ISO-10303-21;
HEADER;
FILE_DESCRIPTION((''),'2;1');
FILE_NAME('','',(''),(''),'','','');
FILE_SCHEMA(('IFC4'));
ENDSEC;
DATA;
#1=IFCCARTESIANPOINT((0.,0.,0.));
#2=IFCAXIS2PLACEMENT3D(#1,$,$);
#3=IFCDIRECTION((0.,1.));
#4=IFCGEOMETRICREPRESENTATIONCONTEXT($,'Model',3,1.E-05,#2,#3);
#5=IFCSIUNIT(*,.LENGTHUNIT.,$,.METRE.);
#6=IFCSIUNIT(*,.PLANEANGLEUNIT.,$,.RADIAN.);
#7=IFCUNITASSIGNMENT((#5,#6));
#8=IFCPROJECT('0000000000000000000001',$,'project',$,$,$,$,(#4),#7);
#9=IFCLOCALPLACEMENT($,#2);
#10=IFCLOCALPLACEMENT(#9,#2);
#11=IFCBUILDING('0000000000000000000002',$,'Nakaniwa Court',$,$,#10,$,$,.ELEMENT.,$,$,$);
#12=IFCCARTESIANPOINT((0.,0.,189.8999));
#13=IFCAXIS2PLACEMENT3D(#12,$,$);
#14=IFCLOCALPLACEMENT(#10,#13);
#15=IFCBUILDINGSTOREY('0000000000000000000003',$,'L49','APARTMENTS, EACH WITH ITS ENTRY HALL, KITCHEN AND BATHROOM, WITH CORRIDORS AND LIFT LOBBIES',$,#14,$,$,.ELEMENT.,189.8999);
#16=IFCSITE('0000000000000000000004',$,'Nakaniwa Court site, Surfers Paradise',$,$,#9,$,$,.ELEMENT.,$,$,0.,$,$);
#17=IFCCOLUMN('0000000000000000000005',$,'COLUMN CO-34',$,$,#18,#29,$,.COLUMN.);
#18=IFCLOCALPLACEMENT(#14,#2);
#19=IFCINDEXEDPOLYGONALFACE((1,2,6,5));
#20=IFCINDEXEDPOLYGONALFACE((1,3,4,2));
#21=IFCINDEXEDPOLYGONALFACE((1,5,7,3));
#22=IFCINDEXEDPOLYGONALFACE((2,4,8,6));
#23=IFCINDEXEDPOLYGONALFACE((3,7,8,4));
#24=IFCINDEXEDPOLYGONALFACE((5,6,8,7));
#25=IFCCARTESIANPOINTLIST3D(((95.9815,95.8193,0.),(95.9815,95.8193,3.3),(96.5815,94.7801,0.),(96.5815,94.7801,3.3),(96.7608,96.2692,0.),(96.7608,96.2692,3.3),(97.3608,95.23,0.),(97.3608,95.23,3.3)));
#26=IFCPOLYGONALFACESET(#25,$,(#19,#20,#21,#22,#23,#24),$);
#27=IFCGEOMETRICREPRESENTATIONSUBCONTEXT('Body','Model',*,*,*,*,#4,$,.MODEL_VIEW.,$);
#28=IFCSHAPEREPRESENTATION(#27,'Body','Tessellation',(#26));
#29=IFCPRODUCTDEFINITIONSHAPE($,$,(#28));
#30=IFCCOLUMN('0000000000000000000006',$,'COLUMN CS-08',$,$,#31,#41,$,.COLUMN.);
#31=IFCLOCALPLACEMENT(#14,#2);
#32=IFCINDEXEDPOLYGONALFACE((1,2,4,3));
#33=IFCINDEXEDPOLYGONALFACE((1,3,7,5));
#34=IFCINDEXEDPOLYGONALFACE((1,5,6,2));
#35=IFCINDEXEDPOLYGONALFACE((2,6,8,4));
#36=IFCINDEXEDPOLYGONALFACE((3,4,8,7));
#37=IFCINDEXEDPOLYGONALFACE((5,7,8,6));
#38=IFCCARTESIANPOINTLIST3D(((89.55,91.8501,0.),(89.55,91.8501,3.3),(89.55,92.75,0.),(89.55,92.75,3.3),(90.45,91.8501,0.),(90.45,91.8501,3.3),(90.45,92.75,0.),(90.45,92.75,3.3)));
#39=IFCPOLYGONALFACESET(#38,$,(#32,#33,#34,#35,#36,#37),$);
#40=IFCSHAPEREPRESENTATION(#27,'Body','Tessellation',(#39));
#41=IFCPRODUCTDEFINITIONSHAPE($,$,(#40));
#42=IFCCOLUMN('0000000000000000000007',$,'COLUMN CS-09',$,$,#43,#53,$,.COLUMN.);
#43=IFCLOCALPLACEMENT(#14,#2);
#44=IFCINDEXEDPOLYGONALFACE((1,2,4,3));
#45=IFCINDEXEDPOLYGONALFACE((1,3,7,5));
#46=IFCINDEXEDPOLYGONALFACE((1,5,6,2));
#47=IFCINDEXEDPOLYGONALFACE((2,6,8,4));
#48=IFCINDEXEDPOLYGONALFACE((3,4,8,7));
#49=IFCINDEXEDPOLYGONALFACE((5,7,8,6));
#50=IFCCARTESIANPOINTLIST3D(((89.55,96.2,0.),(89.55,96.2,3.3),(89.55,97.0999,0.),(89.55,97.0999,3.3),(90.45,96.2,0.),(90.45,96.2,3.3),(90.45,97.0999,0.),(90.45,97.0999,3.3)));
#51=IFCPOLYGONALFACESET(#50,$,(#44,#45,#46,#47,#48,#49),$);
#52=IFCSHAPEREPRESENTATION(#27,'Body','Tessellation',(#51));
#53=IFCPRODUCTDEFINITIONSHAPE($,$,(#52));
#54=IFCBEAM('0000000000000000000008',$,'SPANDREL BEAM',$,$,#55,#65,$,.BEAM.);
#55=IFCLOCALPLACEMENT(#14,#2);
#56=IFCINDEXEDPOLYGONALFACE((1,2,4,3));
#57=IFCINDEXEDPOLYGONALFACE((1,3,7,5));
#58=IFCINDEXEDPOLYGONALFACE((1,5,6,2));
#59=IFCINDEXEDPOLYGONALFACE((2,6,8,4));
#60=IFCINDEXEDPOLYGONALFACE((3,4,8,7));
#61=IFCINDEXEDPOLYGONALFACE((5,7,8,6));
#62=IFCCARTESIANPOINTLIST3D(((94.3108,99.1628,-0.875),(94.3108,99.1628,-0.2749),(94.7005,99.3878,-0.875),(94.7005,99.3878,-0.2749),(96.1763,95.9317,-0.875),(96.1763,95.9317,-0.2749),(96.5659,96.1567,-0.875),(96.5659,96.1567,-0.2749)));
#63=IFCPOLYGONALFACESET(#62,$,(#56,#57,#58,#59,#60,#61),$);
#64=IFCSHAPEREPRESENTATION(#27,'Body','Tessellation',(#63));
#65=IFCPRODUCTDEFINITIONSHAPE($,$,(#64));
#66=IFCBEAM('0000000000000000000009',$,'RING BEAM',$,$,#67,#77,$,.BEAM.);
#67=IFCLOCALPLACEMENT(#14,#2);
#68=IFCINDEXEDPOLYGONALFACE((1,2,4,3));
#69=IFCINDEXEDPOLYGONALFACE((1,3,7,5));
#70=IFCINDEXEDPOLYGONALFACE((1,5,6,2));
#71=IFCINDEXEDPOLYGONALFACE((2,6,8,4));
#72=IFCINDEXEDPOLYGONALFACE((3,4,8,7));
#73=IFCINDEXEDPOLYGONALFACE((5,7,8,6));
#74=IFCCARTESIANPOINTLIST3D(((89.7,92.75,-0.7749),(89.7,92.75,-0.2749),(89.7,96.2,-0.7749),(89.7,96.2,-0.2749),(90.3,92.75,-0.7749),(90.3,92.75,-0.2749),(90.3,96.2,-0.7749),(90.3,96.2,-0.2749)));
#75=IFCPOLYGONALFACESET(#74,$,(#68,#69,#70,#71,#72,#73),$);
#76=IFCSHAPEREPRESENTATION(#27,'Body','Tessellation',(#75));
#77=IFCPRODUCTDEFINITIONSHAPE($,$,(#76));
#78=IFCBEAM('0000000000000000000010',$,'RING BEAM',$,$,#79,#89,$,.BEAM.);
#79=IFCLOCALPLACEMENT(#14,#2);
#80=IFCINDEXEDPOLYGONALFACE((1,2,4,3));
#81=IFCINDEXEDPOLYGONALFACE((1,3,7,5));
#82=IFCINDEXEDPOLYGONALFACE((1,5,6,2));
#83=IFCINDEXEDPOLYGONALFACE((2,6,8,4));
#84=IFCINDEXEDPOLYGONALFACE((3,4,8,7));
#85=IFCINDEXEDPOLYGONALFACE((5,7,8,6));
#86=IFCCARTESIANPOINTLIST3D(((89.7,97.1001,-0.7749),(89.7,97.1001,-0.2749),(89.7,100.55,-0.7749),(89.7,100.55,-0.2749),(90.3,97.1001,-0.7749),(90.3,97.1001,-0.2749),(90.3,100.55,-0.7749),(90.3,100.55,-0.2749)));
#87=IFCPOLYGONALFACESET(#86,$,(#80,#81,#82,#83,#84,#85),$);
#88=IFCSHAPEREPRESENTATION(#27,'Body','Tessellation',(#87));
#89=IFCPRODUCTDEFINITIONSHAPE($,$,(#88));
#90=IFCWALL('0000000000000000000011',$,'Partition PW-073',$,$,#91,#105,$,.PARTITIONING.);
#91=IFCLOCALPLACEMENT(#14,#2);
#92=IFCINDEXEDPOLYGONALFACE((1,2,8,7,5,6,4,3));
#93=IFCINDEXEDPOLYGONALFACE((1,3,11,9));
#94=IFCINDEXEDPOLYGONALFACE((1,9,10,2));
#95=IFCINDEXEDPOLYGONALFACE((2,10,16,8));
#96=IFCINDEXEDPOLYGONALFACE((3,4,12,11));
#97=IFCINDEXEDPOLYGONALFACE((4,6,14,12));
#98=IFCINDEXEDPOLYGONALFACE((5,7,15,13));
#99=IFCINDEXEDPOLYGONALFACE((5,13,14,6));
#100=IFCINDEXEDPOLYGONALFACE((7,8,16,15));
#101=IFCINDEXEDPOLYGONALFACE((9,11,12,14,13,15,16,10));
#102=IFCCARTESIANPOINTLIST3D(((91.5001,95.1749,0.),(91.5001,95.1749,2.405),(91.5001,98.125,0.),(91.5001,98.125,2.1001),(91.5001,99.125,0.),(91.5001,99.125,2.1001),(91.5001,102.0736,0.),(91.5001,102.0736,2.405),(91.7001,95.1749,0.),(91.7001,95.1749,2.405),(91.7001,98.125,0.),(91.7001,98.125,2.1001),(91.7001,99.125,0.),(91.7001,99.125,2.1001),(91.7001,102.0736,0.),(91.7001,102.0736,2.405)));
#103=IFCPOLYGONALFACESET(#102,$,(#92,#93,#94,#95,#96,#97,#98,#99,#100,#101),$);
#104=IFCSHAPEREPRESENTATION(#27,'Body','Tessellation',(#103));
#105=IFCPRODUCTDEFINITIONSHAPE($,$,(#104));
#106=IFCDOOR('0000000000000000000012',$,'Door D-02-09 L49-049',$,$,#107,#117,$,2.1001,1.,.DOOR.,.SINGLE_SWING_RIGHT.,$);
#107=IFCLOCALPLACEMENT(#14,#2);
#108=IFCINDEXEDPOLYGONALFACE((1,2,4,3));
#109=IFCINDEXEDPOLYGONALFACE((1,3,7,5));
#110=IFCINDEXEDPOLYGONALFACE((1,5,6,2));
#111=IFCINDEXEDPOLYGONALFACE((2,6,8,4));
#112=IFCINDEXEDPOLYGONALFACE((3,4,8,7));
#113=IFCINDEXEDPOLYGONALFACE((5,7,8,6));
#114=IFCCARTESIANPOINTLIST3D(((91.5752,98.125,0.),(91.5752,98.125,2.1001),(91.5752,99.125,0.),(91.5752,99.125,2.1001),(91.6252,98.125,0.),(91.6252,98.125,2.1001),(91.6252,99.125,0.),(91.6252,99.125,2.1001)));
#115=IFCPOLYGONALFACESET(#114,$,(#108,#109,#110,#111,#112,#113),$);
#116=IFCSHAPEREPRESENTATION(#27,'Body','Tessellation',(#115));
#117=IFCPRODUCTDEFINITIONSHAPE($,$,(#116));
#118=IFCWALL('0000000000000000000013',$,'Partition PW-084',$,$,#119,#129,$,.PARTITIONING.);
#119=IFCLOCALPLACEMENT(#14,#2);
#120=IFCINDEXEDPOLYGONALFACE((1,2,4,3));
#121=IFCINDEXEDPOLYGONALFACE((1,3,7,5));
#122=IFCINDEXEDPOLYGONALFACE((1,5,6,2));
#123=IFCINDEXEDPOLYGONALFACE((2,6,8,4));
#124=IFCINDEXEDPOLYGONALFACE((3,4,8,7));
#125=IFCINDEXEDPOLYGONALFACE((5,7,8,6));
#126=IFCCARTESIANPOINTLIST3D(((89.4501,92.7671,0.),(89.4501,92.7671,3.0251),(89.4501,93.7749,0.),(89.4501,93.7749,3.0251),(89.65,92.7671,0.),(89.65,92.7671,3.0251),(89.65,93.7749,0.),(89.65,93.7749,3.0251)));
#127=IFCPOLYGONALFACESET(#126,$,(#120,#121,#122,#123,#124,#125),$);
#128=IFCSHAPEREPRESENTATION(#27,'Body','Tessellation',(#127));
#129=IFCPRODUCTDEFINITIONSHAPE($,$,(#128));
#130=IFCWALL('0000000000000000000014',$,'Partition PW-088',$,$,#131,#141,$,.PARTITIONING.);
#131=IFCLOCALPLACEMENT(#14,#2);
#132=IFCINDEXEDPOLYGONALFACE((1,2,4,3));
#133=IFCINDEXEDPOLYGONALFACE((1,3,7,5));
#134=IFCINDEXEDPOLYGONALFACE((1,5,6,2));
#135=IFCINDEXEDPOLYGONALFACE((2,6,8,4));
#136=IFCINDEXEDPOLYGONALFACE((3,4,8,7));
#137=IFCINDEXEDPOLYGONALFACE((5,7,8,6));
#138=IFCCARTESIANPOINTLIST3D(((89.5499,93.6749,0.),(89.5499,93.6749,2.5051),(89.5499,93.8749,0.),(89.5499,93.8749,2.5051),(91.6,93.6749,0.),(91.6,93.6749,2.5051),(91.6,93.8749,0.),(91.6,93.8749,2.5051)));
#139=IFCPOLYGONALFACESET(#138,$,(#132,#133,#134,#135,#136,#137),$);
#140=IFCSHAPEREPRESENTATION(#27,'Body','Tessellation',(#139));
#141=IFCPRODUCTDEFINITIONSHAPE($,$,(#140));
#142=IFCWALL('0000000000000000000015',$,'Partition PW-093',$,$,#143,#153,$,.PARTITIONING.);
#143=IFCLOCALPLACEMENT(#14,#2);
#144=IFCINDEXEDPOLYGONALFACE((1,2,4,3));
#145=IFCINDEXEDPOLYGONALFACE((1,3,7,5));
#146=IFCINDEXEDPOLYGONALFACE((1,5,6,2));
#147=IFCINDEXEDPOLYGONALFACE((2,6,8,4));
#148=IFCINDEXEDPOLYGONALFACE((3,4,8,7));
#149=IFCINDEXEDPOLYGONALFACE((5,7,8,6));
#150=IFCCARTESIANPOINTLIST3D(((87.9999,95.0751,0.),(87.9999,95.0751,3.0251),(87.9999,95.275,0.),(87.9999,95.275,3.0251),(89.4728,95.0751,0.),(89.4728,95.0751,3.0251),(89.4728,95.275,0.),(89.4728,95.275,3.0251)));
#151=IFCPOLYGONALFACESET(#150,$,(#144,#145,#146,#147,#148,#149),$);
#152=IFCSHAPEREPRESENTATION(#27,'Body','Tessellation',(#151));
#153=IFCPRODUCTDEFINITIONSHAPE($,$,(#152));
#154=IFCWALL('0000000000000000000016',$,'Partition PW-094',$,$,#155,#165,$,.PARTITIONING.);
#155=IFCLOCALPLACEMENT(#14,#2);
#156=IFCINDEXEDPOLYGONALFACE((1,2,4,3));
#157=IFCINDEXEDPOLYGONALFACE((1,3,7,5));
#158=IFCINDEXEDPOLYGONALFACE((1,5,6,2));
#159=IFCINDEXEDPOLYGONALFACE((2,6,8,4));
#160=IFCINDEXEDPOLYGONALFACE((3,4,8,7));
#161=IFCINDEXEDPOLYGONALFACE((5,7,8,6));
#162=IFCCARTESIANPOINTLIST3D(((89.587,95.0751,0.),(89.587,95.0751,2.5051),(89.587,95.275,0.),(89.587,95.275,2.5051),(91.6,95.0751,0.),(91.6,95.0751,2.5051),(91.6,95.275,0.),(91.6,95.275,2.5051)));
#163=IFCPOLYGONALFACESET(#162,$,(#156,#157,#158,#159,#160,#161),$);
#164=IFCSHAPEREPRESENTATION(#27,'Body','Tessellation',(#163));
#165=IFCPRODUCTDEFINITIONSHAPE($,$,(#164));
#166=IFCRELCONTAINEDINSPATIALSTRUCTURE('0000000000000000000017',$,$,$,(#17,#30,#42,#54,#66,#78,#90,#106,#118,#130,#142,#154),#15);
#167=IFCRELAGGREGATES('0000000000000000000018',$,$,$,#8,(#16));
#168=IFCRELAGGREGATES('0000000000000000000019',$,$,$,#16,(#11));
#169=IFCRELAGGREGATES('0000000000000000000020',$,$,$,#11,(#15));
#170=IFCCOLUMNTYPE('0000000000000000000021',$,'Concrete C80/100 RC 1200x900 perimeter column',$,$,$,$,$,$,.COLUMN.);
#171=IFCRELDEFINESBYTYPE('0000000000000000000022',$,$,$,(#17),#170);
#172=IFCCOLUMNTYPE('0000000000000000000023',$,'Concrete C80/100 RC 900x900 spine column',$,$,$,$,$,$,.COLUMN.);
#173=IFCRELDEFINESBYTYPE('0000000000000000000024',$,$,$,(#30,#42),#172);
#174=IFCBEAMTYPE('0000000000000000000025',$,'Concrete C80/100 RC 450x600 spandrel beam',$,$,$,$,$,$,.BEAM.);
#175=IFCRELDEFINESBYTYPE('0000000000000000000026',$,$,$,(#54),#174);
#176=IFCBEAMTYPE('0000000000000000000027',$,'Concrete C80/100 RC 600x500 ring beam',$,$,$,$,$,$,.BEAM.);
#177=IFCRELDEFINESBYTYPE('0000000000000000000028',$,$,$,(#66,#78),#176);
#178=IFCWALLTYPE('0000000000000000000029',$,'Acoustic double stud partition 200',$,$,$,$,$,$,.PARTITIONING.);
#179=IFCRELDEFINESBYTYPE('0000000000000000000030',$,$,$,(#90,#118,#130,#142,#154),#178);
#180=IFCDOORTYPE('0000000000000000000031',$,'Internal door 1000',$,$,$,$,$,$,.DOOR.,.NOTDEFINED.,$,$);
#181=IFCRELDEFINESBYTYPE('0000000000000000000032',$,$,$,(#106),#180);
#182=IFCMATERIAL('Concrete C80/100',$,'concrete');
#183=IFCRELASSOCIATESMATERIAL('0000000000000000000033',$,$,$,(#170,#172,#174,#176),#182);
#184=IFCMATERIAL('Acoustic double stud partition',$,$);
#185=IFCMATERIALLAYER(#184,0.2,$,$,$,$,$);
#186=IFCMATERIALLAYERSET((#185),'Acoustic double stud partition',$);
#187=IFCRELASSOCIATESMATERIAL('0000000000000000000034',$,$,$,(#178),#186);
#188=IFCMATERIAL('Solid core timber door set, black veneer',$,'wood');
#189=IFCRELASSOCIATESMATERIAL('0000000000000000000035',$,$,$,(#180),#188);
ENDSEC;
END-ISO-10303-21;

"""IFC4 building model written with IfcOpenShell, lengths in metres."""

from ifc_helpers import new_model, si_unit, direction, frame, frame_2d, origin, origin_2d, place, context, subcontext, project, spatial, rectangle, extrude, material, layer, layer_set, material_profile, profile_set, type_object, element, fill, save


model = new_model("IFC4")

# Units and contexts
model_context = context("Model", 3, precision=1e-05, world=origin(), true_north=direction((0.0, 1.0)))
body_context = subcontext(model_context, "Body", "Model", "MODEL_VIEW")
ifc_project = project(units=[si_unit("LENGTHUNIT", "METRE"), si_unit("PLANEANGLEUNIT", "RADIAN")], contexts=[model_context])

# Site, building, storey
site_placement = place(None, origin())
site = spatial("IfcSite", under=ifc_project, at=site_placement, Name="Nakaniwa Court site, Surfers Paradise", CompositionType="ELEMENT", RefElevation=0.0)
building_placement = place(site_placement, origin())
building = spatial("IfcBuilding", under=site, at=building_placement, Name="Nakaniwa Court", CompositionType="ELEMENT")
storey_placement = place(building_placement, frame((0.0, 0.0, 189.8999)))
storey = spatial("IfcBuildingStorey", under=building, at=storey_placement, Name="L49", Description="APARTMENTS, EACH WITH ITS ENTRY HALL, KITCHEN AND BATHROOM, WITH CORRIDORS AND LIFT LOBBIES", CompositionType="ELEMENT", Elevation=189.8999)

# Columns
ifc_material_1 = material(Name="Concrete C80/100", Category="concrete")
ifc_material_profile_1 = material_profile(ifc_material_1, rectangle(XDim=1.2, YDim=0.8999, at=origin_2d()), Name="Concrete C80/100 RC 1200x900 perimeter column")
ifc_profile_set_1 = profile_set([ifc_material_profile_1], Name="Concrete C80/100")
column_type_1 = type_object("IfcColumnType", Name="Concrete C80/100 RC 1200x900 perimeter column", PredefinedType="COLUMN", material=ifc_profile_set_1)
column_placement = place(storey_placement, frame((96.6711, 95.5247, 0.0), z_axis=(0.0, 0.0, 1.0), x_axis=(-0.5, 0.866025, 0.0)))
element("IfcColumn", 1, at=column_placement, inside=storey, type_object=column_type_1, Name="COLUMN CO-34", PredefinedType="COLUMN", context=body_context, shape_type="SweptSolid", body=[
    extrude(rectangle(XDim=1.2, YDim=0.8999, at=origin_2d()), origin(), (0.0, 0.0, 1.0), 3.3),
])
ifc_material_profile_2 = material_profile(ifc_material_1, rectangle(XDim=0.8999, YDim=0.8999, at=origin_2d()), Name="Concrete C80/100 RC 900x900 spine column")
ifc_profile_set_2 = profile_set([ifc_material_profile_2], Name="Concrete C80/100")
column_type_2 = type_object("IfcColumnType", Name="Concrete C80/100 RC 900x900 spine column", PredefinedType="COLUMN", material=ifc_profile_set_2)
for number, where, z_axis, x_axis, name in (
    (2, (90.0, 92.3, 0.0), (0.0, 0.0, 1.0), (0.0, 1.0, 0.0), "COLUMN CS-08"),
    (3, (90.0, 96.6499, 0.0), (0.0, 0.0, 1.0), (0.0, 1.0, 0.0), "COLUMN CS-09"),
):
    element("IfcColumn", number, at=place(storey_placement, frame(where, z_axis=z_axis, x_axis=x_axis)), inside=storey, type_object=column_type_2, Name=name, PredefinedType="COLUMN", context=body_context, shape_type="SweptSolid", body=[
        extrude(rectangle(XDim=0.8999, YDim=0.8999, at=origin_2d()), origin(), (0.0, 0.0, 1.0), 3.3),
    ])

# Beams
ifc_material_profile_3 = material_profile(ifc_material_1, rectangle(XDim=0.45, YDim=0.6001, at=origin_2d()), Name="Concrete C80/100 RC 450x600 spandrel beam")
ifc_profile_set_3 = profile_set([ifc_material_profile_3], Name="Concrete C80/100")
beam_type_1 = type_object("IfcBeamType", Name="Concrete C80/100 RC 450x600 spandrel beam", PredefinedType="BEAM", material=ifc_profile_set_3)
beam_placement = place(storey_placement, frame((96.3711, 96.0442, -0.575), z_axis=(-0.499989, 0.866032, 0.0), x_axis=(-0.866032, -0.499989, 0.0)))
element("IfcBeam", 4, at=beam_placement, inside=storey, type_object=beam_type_1, Name="SPANDREL BEAM", PredefinedType="BEAM", context=body_context, shape_type="SweptSolid", body=[
    extrude(rectangle(XDim=0.45, YDim=0.6001, at=origin_2d()), origin(), (0.0, 0.0, 1.0), 3.731),
])
ifc_material_profile_4 = material_profile(ifc_material_1, rectangle(XDim=0.6001, YDim=0.5, at=origin_2d()), Name="Concrete C80/100 RC 600x500 ring beam")
ifc_profile_set_4 = profile_set([ifc_material_profile_4], Name="Concrete C80/100")
beam_type_2 = type_object("IfcBeamType", Name="Concrete C80/100 RC 600x500 ring beam", PredefinedType="BEAM", material=ifc_profile_set_4)
for number, where, z_axis, x_axis, name in (
    (5, (90.0, 92.75, -0.5249), (0.0, 1.0, 0.0), (-1.0, 0.0, 0.0), "RING BEAM"),
    (6, (90.0, 97.1001, -0.5249), (0.0, 1.0, 0.0), (-1.0, 0.0, 0.0), "RING BEAM"),
):
    element("IfcBeam", number, at=place(storey_placement, frame(where, z_axis=z_axis, x_axis=x_axis)), inside=storey, type_object=beam_type_2, Name=name, PredefinedType="BEAM", context=body_context, shape_type="SweptSolid", body=[
        extrude(rectangle(XDim=0.6001, YDim=0.5, at=origin_2d()), origin(), (0.0, 0.0, 1.0), 3.45),
    ])

# Wall, opening, door
ifc_material_2 = material(Name="Acoustic double stud partition")
ifc_layer_1 = layer(ifc_material_2, 0.2)
ifc_layer_set_1 = layer_set([ifc_layer_1], Name="Acoustic double stud partition")
wall_type_1 = type_object("IfcWallType", Name="Acoustic double stud partition 200", PredefinedType="PARTITIONING", material=ifc_layer_set_1)
wall_1_placement = place(storey_placement, frame((91.6001, 95.175, 0.0), z_axis=(0.0, 0.0, 1.0), x_axis=(0.0, 1.0, 0.0)))
wall_1 = element("IfcWall", 7, at=wall_1_placement, inside=storey, type_object=wall_type_1, Name="Partition PW-073", PredefinedType="PARTITIONING", context=body_context, shape_type="SweptSolid", body=[
    extrude(rectangle(XDim=6.8987, YDim=0.2, at=frame_2d((3.4492, 0.0))), origin(), (0.0, 0.0, 1.0), 2.405),
])
opening_1_placement = place(wall_1_placement, frame((2.95, 0.0, 0.0)))
opening_1 = element("IfcOpeningElement", 8, at=opening_1_placement, cuts=wall_1, PredefinedType="OPENING", context=body_context, shape_type="SweptSolid", body=[
    extrude(rectangle(XDim=1.0, YDim=2.1001, at=frame_2d((0.5, 1.05))), frame((0.0, 0.1099, 0.0), z_axis=(0.0, -1.0, 0.0), x_axis=(1.0, 0.0, 0.0)), (0.0, 0.0, 1.0), 0.22),
])
ifc_material_3 = material(Name="Solid core timber door set, black veneer", Category="wood")
door_type = type_object("IfcDoorType", Name="Internal door 1000", OperationType="NOTDEFINED", PredefinedType="DOOR", material=ifc_material_3)
door_placement = place(opening_1_placement, origin())
door = element("IfcDoor", 9, at=door_placement, inside=storey, type_object=door_type, Name="Door D-02-09 L49-049", OperationType="SINGLE_SWING_RIGHT", OverallHeight=2.1001, OverallWidth=1.0, PredefinedType="DOOR", context=body_context, shape_type="SweptSolid", body=[
    extrude(rectangle(XDim=1.0, YDim=2.1001, at=frame_2d((0.5, 1.05))), frame((0.0, 0.0249, 0.0), z_axis=(0.0, -1.0, 0.0), x_axis=(1.0, 0.0, 0.0)), (0.0, 0.0, 1.0), 0.05),
])
fill(opening_1, door)

# Walls
wall_2_placement = place(storey_placement, frame((89.55, 92.7671, 0.0), z_axis=(0.0, 0.0, 1.0), x_axis=(0.0, 1.0, 0.0)))
element("IfcWall", 10, at=wall_2_placement, inside=storey, type_object=wall_type_1, Name="Partition PW-084", PredefinedType="PARTITIONING", context=body_context, shape_type="SweptSolid", body=[
    extrude(rectangle(XDim=1.0078, YDim=0.2, at=frame_2d((0.5039, 0.0))), origin(), (0.0, 0.0, 1.0), 3.0251),
])
wall_3_placement = place(storey_placement, frame((89.55, 93.7749, 0.0), z_axis=(0.0, 0.0, 1.0), x_axis=(1.0, 0.0, 0.0)))
element("IfcWall", 11, at=wall_3_placement, inside=storey, type_object=wall_type_1, Name="Partition PW-088", PredefinedType="PARTITIONING", context=body_context, shape_type="SweptSolid", body=[
    extrude(rectangle(XDim=2.05, YDim=0.2, at=frame_2d((1.0249, 0.0))), origin(), (0.0, 0.0, 1.0), 2.5051),
])
wall_4_placement = place(storey_placement, frame((88.0, 95.175, 0.0), z_axis=(0.0, 0.0, 1.0), x_axis=(1.0, 0.0, 0.0)))
element("IfcWall", 12, at=wall_4_placement, inside=storey, type_object=wall_type_1, Name="Partition PW-093", PredefinedType="PARTITIONING", context=body_context, shape_type="SweptSolid", body=[
    extrude(rectangle(XDim=1.4729, YDim=0.2, at=frame_2d((0.7363, 0.0))), origin(), (0.0, 0.0, 1.0), 3.0251),
])
wall_5_placement = place(storey_placement, frame((89.5872, 95.175, 0.0), z_axis=(0.0, 0.0, 1.0), x_axis=(1.0, 0.0, 0.0)))
element("IfcWall", 13, at=wall_5_placement, inside=storey, type_object=wall_type_1, Name="Partition PW-094", PredefinedType="PARTITIONING", context=body_context, shape_type="SweptSolid", body=[
    extrude(rectangle(XDim=2.0129, YDim=0.2, at=frame_2d((1.0063, 0.0))), origin(), (0.0, 0.0, 1.0), 2.5051),
])

save(model, "model.ifc")
